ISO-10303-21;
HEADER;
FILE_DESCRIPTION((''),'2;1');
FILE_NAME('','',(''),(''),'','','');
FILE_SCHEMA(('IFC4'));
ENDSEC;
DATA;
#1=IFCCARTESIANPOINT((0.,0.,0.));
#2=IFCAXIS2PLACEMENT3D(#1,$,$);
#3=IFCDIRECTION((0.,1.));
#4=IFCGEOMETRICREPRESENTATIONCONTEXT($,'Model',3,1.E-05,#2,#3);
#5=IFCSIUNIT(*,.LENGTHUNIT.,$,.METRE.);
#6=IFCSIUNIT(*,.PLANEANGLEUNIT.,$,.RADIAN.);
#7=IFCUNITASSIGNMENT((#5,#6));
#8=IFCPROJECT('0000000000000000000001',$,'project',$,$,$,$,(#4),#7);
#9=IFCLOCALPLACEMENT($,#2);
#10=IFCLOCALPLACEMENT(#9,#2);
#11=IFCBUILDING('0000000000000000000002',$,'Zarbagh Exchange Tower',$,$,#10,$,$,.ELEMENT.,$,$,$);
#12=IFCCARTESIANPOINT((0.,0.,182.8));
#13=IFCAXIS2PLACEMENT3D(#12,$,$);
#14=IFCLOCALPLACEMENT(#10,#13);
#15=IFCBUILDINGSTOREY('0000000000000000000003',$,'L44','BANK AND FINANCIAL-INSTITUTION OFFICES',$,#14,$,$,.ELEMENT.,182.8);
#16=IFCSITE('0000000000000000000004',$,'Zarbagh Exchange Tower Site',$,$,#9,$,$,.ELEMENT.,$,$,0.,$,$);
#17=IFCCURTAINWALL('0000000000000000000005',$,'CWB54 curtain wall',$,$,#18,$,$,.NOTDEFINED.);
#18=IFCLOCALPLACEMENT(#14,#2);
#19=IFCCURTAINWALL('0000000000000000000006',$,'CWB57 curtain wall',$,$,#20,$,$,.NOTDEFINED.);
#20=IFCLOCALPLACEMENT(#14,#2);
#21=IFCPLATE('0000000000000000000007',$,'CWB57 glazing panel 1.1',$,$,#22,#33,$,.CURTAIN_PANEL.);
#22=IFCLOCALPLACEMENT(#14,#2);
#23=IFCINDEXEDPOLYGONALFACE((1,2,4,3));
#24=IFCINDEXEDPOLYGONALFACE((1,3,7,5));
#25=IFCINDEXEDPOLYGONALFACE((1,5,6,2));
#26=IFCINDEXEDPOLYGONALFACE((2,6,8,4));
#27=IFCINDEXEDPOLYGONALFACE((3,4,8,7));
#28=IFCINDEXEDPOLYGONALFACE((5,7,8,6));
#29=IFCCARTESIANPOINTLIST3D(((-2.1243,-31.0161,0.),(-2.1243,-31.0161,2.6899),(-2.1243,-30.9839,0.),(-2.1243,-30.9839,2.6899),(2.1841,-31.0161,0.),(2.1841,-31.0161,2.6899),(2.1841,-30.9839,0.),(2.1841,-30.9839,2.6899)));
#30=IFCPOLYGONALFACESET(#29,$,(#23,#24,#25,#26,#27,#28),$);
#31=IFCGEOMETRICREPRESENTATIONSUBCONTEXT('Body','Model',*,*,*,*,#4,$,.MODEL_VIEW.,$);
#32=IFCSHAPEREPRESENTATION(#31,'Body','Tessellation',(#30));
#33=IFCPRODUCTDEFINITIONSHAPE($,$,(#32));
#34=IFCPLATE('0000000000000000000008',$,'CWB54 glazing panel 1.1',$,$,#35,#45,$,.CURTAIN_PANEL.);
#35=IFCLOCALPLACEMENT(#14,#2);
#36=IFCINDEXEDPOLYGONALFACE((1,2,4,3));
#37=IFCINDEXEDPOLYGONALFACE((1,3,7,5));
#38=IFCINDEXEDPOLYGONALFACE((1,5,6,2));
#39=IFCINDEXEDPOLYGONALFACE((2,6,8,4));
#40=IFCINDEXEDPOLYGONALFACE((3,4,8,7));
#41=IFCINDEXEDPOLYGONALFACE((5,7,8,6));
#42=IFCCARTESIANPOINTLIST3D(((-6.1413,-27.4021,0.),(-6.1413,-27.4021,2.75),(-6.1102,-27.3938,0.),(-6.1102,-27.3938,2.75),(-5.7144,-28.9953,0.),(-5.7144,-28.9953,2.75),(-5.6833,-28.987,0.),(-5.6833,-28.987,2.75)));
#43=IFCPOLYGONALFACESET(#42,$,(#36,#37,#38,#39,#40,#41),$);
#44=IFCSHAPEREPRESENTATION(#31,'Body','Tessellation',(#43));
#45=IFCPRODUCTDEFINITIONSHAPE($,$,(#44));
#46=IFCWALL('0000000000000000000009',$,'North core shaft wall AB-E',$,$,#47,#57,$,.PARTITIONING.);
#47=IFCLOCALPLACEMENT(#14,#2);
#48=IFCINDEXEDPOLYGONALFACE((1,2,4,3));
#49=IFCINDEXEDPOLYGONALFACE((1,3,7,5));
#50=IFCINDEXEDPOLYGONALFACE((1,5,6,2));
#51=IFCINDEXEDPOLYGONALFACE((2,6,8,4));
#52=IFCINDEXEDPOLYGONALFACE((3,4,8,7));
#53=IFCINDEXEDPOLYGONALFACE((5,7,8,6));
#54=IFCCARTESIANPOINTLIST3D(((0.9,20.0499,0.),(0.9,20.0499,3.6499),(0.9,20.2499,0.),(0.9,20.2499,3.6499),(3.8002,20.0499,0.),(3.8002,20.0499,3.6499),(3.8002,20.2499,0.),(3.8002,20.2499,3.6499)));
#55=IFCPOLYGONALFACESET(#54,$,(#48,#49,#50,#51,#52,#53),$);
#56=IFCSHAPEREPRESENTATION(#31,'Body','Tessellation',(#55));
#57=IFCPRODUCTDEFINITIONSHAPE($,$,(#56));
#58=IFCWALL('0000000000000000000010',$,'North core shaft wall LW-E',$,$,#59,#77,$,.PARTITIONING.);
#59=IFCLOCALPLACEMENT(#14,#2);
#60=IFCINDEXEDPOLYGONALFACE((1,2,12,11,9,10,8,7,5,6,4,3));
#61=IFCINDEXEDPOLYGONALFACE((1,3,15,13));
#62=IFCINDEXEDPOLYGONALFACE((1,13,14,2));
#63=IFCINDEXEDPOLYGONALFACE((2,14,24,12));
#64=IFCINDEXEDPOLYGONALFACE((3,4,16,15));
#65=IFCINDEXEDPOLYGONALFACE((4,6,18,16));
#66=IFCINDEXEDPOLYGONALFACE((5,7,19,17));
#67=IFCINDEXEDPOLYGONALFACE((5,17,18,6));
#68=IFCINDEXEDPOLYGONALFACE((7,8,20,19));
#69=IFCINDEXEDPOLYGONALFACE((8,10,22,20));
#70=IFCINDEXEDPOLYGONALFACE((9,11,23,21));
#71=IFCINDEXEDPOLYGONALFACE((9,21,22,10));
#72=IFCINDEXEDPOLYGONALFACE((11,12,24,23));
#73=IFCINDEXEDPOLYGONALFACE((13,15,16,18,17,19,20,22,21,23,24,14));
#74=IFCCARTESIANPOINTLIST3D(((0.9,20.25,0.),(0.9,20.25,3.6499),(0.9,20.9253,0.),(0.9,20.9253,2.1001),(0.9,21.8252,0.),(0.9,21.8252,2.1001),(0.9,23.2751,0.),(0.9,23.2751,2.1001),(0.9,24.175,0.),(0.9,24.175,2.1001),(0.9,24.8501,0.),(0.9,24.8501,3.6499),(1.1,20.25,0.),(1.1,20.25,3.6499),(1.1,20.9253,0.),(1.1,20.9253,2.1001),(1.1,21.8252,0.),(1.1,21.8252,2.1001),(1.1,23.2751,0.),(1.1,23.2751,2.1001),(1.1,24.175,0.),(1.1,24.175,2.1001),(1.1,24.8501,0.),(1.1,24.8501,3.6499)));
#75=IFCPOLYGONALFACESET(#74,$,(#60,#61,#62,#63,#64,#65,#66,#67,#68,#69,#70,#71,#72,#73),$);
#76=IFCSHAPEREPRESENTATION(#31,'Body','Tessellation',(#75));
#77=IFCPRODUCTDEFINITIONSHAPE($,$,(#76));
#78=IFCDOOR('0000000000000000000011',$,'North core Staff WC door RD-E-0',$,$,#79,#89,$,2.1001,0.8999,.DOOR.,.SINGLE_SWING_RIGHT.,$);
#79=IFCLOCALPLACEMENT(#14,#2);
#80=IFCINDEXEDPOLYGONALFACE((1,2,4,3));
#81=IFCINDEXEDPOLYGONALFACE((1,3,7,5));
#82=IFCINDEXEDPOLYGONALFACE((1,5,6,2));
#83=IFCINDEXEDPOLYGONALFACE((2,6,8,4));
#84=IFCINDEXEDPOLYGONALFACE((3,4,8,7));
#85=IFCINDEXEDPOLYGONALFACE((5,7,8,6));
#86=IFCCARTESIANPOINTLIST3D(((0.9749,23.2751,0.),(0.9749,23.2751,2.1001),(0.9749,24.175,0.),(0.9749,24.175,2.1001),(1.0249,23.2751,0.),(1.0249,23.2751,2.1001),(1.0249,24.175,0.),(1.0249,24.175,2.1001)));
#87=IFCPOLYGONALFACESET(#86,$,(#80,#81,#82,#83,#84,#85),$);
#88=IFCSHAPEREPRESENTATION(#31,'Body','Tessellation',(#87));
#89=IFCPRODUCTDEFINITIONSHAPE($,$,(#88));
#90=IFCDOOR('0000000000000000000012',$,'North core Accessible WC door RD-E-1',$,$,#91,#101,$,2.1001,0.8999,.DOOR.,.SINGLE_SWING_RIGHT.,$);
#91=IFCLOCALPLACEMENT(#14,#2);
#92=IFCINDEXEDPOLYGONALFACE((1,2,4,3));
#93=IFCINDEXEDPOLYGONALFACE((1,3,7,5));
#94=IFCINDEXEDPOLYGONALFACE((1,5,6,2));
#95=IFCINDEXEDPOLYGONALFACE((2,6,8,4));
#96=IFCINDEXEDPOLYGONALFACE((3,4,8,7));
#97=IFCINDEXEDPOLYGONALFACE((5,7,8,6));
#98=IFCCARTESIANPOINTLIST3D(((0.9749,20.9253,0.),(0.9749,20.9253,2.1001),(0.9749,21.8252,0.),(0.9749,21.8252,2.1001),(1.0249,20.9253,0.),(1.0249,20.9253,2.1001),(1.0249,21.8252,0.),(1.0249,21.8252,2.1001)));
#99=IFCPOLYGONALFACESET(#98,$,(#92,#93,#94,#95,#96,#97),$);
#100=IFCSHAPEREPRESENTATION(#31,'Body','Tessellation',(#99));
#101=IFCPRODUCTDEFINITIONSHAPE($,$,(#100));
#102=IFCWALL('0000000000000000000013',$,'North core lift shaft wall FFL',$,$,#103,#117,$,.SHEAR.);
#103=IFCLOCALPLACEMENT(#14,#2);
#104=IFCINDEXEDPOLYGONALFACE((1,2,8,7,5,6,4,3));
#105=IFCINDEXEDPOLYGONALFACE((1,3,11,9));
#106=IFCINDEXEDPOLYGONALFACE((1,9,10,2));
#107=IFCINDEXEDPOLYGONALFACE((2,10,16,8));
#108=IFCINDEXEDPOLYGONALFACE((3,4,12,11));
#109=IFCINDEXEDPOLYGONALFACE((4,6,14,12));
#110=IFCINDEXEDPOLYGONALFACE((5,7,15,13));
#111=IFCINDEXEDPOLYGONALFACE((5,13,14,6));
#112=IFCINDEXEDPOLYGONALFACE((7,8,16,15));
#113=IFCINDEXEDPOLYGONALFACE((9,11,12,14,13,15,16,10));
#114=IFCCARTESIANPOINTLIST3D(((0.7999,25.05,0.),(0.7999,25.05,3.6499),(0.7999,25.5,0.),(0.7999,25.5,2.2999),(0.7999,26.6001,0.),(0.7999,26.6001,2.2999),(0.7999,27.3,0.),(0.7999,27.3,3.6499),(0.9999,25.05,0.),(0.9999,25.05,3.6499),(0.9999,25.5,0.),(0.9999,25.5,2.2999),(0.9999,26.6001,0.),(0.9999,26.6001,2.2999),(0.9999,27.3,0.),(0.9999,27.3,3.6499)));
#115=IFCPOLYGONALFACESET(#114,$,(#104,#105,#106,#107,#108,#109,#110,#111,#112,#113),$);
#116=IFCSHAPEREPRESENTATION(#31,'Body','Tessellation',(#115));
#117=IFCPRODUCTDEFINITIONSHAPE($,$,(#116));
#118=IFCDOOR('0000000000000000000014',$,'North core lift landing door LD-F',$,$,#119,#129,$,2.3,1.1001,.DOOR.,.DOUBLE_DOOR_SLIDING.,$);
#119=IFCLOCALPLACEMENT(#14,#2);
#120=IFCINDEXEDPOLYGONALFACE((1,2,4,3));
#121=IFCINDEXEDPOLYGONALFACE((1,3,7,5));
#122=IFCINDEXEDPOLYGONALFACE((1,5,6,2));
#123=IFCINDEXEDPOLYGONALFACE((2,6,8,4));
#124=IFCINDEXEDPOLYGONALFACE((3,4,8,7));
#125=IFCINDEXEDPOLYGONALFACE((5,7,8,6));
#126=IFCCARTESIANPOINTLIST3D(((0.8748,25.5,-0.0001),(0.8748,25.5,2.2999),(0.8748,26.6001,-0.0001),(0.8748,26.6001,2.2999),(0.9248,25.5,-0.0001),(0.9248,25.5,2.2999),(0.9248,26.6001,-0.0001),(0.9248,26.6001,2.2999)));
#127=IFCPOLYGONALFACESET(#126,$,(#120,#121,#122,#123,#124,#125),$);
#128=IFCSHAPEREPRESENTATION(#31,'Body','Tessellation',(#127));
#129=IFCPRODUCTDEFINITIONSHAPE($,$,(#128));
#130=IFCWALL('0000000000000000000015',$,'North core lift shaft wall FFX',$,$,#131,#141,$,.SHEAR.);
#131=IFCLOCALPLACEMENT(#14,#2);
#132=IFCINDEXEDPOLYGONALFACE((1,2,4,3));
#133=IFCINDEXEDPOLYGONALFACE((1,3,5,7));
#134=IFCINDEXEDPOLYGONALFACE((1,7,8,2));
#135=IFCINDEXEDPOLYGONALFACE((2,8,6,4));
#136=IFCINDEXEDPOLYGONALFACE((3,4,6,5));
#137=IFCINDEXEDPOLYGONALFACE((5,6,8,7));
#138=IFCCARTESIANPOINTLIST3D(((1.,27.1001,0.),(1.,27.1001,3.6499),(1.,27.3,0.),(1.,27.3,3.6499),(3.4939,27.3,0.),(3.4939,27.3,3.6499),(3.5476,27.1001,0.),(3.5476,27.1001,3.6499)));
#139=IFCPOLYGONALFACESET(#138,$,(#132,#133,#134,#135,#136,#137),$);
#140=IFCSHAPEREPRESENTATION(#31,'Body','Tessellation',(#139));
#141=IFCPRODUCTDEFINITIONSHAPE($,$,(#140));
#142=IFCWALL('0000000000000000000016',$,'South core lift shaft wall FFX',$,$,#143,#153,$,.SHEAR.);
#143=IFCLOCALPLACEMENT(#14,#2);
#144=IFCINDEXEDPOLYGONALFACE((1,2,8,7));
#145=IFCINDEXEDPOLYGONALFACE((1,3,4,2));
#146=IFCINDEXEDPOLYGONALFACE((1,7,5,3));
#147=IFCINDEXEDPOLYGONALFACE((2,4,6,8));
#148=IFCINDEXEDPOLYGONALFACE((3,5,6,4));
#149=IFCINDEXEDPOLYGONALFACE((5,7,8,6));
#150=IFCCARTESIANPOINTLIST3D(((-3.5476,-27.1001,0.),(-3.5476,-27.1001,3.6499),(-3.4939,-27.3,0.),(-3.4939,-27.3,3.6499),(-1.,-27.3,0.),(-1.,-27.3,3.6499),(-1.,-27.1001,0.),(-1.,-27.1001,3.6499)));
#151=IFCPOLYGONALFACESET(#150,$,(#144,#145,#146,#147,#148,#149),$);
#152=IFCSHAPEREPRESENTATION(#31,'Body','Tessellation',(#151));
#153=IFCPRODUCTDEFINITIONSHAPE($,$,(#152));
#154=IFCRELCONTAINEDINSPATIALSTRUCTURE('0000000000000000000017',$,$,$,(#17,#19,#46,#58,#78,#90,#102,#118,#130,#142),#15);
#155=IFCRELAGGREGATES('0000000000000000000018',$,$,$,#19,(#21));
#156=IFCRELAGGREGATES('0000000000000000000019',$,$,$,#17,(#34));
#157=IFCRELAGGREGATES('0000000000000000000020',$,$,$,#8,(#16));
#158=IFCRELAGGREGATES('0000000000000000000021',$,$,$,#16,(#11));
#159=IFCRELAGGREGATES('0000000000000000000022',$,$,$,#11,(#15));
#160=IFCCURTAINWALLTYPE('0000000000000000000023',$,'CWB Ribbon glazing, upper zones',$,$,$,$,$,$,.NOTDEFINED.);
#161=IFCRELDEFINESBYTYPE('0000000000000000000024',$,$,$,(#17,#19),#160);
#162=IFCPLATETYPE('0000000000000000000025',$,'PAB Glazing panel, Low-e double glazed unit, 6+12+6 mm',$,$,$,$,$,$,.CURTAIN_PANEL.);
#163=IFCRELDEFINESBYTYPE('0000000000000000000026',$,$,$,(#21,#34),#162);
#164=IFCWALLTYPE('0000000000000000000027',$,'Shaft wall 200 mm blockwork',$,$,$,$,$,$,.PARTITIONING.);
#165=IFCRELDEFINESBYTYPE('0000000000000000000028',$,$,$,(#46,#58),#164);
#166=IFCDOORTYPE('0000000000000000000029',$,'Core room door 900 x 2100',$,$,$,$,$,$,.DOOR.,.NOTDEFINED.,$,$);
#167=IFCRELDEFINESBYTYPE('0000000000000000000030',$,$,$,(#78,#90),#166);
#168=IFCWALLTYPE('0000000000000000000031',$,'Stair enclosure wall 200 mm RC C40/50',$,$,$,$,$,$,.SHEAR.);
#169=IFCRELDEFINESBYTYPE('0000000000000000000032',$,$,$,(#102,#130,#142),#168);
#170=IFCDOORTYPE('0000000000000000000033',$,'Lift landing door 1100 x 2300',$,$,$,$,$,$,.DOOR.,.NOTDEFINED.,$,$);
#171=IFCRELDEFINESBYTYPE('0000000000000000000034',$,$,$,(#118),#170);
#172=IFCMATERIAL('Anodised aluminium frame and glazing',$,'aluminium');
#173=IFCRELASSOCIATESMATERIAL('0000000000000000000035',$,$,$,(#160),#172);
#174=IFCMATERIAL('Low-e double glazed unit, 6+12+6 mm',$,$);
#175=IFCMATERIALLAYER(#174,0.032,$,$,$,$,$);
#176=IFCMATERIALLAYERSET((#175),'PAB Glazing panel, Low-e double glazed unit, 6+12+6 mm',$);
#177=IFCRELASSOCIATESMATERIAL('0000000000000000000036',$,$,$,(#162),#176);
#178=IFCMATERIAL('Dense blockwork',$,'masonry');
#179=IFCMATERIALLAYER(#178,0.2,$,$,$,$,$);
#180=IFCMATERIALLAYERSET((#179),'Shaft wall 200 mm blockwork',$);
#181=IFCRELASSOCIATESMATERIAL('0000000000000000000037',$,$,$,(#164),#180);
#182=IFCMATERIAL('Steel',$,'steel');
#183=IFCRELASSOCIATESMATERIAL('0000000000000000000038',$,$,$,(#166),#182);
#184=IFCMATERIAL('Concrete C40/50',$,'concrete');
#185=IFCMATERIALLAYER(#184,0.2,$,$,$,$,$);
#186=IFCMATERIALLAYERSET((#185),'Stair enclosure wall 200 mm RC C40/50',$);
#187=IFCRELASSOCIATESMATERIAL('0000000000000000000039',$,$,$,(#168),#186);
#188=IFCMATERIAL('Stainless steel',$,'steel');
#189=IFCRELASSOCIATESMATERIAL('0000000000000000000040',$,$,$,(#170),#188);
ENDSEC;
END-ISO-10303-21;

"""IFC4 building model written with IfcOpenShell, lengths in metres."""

from ifc_helpers import new_model, si_unit, direction, frame, frame_2d, origin, place, context, subcontext, project, spatial, polyline, rectangle, outline, extrude, source, transform, mapped, material, layer, layer_set, type_object, element, fill, aggregate, save


model = new_model("IFC4")

# Units and contexts
model_context = context("Model", 3, precision=1e-05, world=origin(), true_north=direction((0.0, 1.0)))
body_context = subcontext(model_context, "Body", "Model", "MODEL_VIEW")
ifc_project = project(units=[si_unit("LENGTHUNIT", "METRE"), si_unit("PLANEANGLEUNIT", "RADIAN")], contexts=[model_context])

# Site, building, storey
site_placement = place(None, origin())
site = spatial("IfcSite", under=ifc_project, at=site_placement, Name="Zarbagh Exchange Tower Site", CompositionType="ELEMENT", RefElevation=0.0)
building_placement = place(site_placement, origin())
building = spatial("IfcBuilding", under=site, at=building_placement, Name="Zarbagh Exchange Tower", CompositionType="ELEMENT")
storey_placement = place(building_placement, frame((0.0, 0.0, 182.8)))
storey = spatial("IfcBuildingStorey", under=building, at=storey_placement, Name="L44", Description="BANK AND FINANCIAL-INSTITUTION OFFICES", CompositionType="ELEMENT", Elevation=182.8)

# Shared definitions
ifc_material_1 = material(Name="Anodised aluminium frame and glazing", Category="aluminium")
curtain_wall_type = type_object("IfcCurtainWallType", Name="CWB Ribbon glazing, upper zones", PredefinedType="NOTDEFINED", material=ifc_material_1)
placement = place(storey_placement, origin())

# Curtain wall
curtain_wall_1_placement = place(storey_placement, origin())
curtain_wall_1 = element("IfcCurtainWall", 1, at=curtain_wall_1_placement, inside=storey, type_object=curtain_wall_type, Name="CWB54 curtain wall", PredefinedType="NOTDEFINED")

# Curtain wall
curtain_wall_2_placement = place(storey_placement, origin())
curtain_wall_2 = element("IfcCurtainWall", 2, at=curtain_wall_2_placement, inside=storey, type_object=curtain_wall_type, Name="CWB57 curtain wall", PredefinedType="NOTDEFINED")

# Shared definitions
ifc_material_2 = material(Name="Concrete C40/50", Category="concrete")

# Shared definitions
ifc_material_3 = material(Name="Low-e double glazed unit, 6+12+6 mm")
ifc_layer_1 = layer(ifc_material_3, 0.032)
ifc_layer_set_1 = layer_set([ifc_layer_1], Name="PAB Glazing panel, Low-e double glazed unit, 6+12+6 mm")
plate_type = type_object("IfcPlateType", Name="PAB Glazing panel, Low-e double glazed unit, 6+12+6 mm", PredefinedType="CURTAIN_PANEL", material=ifc_layer_set_1)

# Plates
shared_shape_1 = source(origin(), body_context, "Body", "SweptSolid", [
    extrude(outline(polyline([(0.0, -0.0161), (4.3083, -0.0161), (4.3083, 0.0161), (0.0, 0.0161), (0.0, -0.0161)])), origin(), (0.0, 0.0, 1.0), 2.6899),
])
plate_1 = element("IfcPlate", 3, at=placement, type_object=plate_type, Name="CWB57 glazing panel 1.1", PredefinedType="CURTAIN_PANEL", context=body_context, shape_type="MappedRepresentation", body=[
    mapped(shared_shape_1, transform((-2.1243, -31.0, 0.0), x_axis=(1.0, 0.0, 0.0), y_axis=(0.0, 1.0, 0.0), z_axis=(0.0, 0.0, 1.0))),
])
aggregate(curtain_wall_2, [plate_1])
shared_shape_2 = source(origin(), body_context, "Body", "SweptSolid", [
    extrude(outline(polyline([(0.0, -0.0161), (1.6494, -0.0161), (1.6494, 0.0161), (0.0, 0.0161), (0.0, -0.0161)])), origin(), (0.0, 0.0, 1.0), 2.75),
])
plate_2 = element("IfcPlate", 4, at=placement, type_object=plate_type, Name="CWB54 glazing panel 1.1", PredefinedType="CURTAIN_PANEL", context=body_context, shape_type="MappedRepresentation", body=[
    mapped(shared_shape_2, transform((-6.1257, -27.3979, 0.0), x_axis=(0.258825, -0.965924, 0.0), y_axis=(0.965924, 0.258825, 0.0), z_axis=(0.0, 0.0, 1.0))),
])
aggregate(curtain_wall_1, [plate_2])

# Wall
ifc_material_4 = material(Name="Dense blockwork", Category="masonry")
ifc_layer_2 = layer(ifc_material_4, 0.2)
ifc_layer_set_2 = layer_set([ifc_layer_2], Name="Shaft wall 200 mm blockwork")
wall_type_1 = type_object("IfcWallType", Name="Shaft wall 200 mm blockwork", PredefinedType="PARTITIONING", material=ifc_layer_set_2)
wall_1_placement = place(storey_placement, frame((0.8999, 20.1499, 0.0), z_axis=(0.0, 0.0, 1.0), x_axis=(1.0, 0.0, 0.0)))
element("IfcWall", 5, at=wall_1_placement, inside=storey, type_object=wall_type_1, Name="North core shaft wall AB-E", PredefinedType="PARTITIONING", context=body_context, shape_type="SweptSolid", body=[
    extrude(rectangle(XDim=2.9001, YDim=0.2, at=frame_2d((1.4502, 0.0))), origin(), (0.0, 0.0, 1.0), 3.6499),
])

# Wall, openings, doors
wall_2_placement = place(storey_placement, frame((1.0, 24.8501, 0.0), z_axis=(0.0, 0.0, 1.0), x_axis=(0.0, -1.0, 0.0)))
wall_2 = element("IfcWall", 6, at=wall_2_placement, inside=storey, type_object=wall_type_1, Name="North core shaft wall LW-E", PredefinedType="PARTITIONING", context=body_context, shape_type="SweptSolid", body=[
    extrude(rectangle(XDim=4.6001, YDim=0.2, at=frame_2d((2.3, 0.0))), origin(), (0.0, 0.0, 1.0), 3.6499),
])
opening_1_placement = place(wall_2_placement, frame((0.675, 0.0, 0.0)))
opening_1 = element("IfcOpeningElement", 7, at=opening_1_placement, cuts=wall_2, PredefinedType="OPENING", context=body_context, shape_type="SweptSolid", body=[
    extrude(rectangle(XDim=0.8999, YDim=2.1001, at=frame_2d((0.45, 1.05))), frame((0.0, 0.1099, 0.0), z_axis=(0.0, -1.0, 0.0), x_axis=(1.0, 0.0, 0.0)), (0.0, 0.0, 1.0), 0.22),
])
opening_2_placement = place(wall_2_placement, frame((3.0249, 0.0, 0.0)))
opening_2 = element("IfcOpeningElement", 8, at=opening_2_placement, cuts=wall_2, PredefinedType="OPENING", context=body_context, shape_type="SweptSolid", body=[
    extrude(rectangle(XDim=0.8999, YDim=2.1001, at=frame_2d((0.45, 1.05))), frame((0.0, 0.1099, 0.0), z_axis=(0.0, -1.0, 0.0), x_axis=(1.0, 0.0, 0.0)), (0.0, 0.0, 1.0), 0.22),
])
ifc_material_5 = material(Name="Steel", Category="steel")
door_type_1 = type_object("IfcDoorType", Name="Core room door 900 x 2100", OperationType="NOTDEFINED", PredefinedType="DOOR", material=ifc_material_5)
door_1_placement = place(opening_1_placement, origin())
door_1 = element("IfcDoor", 9, at=door_1_placement, inside=storey, type_object=door_type_1, Name="North core Staff WC door RD-E-0", OperationType="SINGLE_SWING_RIGHT", OverallHeight=2.1001, OverallWidth=0.8999, PredefinedType="DOOR", context=body_context, shape_type="SweptSolid", body=[
    extrude(rectangle(XDim=0.8999, YDim=2.1001, at=frame_2d((0.45, 1.05))), frame((0.0, 0.0249, 0.0), z_axis=(0.0, -1.0, 0.0), x_axis=(1.0, 0.0, 0.0)), (0.0, 0.0, 1.0), 0.05),
])
fill(opening_1, door_1)
door_2_placement = place(opening_2_placement, origin())
door_2 = element("IfcDoor", 10, at=door_2_placement, inside=storey, type_object=door_type_1, Name="North core Accessible WC door RD-E-1", OperationType="SINGLE_SWING_RIGHT", OverallHeight=2.1001, OverallWidth=0.8999, PredefinedType="DOOR", context=body_context, shape_type="SweptSolid", body=[
    extrude(rectangle(XDim=0.8999, YDim=2.1001, at=frame_2d((0.45, 1.05))), frame((0.0, 0.0249, 0.0), z_axis=(0.0, -1.0, 0.0), x_axis=(1.0, 0.0, 0.0)), (0.0, 0.0, 1.0), 0.05),
])
fill(opening_2, door_2)

# Wall, opening, door
ifc_layer_3 = layer(ifc_material_2, 0.2)
ifc_layer_set_3 = layer_set([ifc_layer_3], Name="Stair enclosure wall 200 mm RC C40/50")
wall_type_2 = type_object("IfcWallType", Name="Stair enclosure wall 200 mm RC C40/50", PredefinedType="SHEAR", material=ifc_layer_set_3)
wall_3_placement = place(storey_placement, frame((0.8999, 27.3, 0.0), z_axis=(0.0, 0.0, 1.0), x_axis=(0.0, -1.0, 0.0)))
wall_3 = element("IfcWall", 11, at=wall_3_placement, inside=storey, type_object=wall_type_2, Name="North core lift shaft wall FFL", PredefinedType="SHEAR", context=body_context, shape_type="SweptSolid", body=[
    extrude(rectangle(XDim=2.25, YDim=0.2, at=frame_2d((1.125, 0.0))), origin(), (0.0, 0.0, 1.0), 3.6499),
])
opening_3_placement = place(wall_3_placement, frame((0.7, 0.0, 0.0)))
opening_3 = element("IfcOpeningElement", 12, at=opening_3_placement, cuts=wall_3, PredefinedType="OPENING", context=body_context, shape_type="SweptSolid", body=[
    extrude(rectangle(XDim=1.1001, YDim=2.3, at=frame_2d((0.55, 1.1499))), frame((0.0, 0.1099, 0.0), z_axis=(0.0, -1.0, 0.0), x_axis=(1.0, 0.0, 0.0)), (0.0, 0.0, 1.0), 0.22),
])
ifc_material_6 = material(Name="Stainless steel", Category="steel")
door_type_2 = type_object("IfcDoorType", Name="Lift landing door 1100 x 2300", OperationType="NOTDEFINED", PredefinedType="DOOR", material=ifc_material_6)
door_3_placement = place(opening_3_placement, origin())
door_3 = element("IfcDoor", 13, at=door_3_placement, inside=storey, type_object=door_type_2, Name="North core lift landing door LD-F", OperationType="DOUBLE_DOOR_SLIDING", OverallHeight=2.3, OverallWidth=1.1001, PredefinedType="DOOR", context=body_context, shape_type="SweptSolid", body=[
    extrude(rectangle(XDim=1.1001, YDim=2.3, at=frame_2d((0.55, 1.1499))), frame((0.0, 0.0249, 0.0), z_axis=(0.0, -1.0, 0.0), x_axis=(1.0, 0.0, 0.0)), (0.0, 0.0, 1.0), 0.05),
])
fill(opening_3, door_3)

# Walls
wall_4_placement = place(storey_placement, origin())
element("IfcWall", 14, at=wall_4_placement, inside=storey, type_object=wall_type_2, Name="North core lift shaft wall FFX", PredefinedType="SHEAR", context=body_context, shape_type="SweptSolid", body=[
    extrude(outline(polyline([(1.0, 27.1001), (3.5476, 27.1001), (3.4939, 27.3), (1.0, 27.3), (1.0, 27.1001)])), origin(), (0.0, 0.0, 1.0), 3.6499),
])
wall_5_placement = place(storey_placement, origin())
element("IfcWall", 15, at=wall_5_placement, inside=storey, type_object=wall_type_2, Name="South core lift shaft wall FFX", PredefinedType="SHEAR", context=body_context, shape_type="SweptSolid", body=[
    extrude(outline(polyline([(-1.0, -27.1001), (-3.5476, -27.1001), (-3.4939, -27.3), (-1.0, -27.3), (-1.0, -27.1001)])), origin(), (0.0, 0.0, 1.0), 3.6499),
])

save(model, "model.ifc")
